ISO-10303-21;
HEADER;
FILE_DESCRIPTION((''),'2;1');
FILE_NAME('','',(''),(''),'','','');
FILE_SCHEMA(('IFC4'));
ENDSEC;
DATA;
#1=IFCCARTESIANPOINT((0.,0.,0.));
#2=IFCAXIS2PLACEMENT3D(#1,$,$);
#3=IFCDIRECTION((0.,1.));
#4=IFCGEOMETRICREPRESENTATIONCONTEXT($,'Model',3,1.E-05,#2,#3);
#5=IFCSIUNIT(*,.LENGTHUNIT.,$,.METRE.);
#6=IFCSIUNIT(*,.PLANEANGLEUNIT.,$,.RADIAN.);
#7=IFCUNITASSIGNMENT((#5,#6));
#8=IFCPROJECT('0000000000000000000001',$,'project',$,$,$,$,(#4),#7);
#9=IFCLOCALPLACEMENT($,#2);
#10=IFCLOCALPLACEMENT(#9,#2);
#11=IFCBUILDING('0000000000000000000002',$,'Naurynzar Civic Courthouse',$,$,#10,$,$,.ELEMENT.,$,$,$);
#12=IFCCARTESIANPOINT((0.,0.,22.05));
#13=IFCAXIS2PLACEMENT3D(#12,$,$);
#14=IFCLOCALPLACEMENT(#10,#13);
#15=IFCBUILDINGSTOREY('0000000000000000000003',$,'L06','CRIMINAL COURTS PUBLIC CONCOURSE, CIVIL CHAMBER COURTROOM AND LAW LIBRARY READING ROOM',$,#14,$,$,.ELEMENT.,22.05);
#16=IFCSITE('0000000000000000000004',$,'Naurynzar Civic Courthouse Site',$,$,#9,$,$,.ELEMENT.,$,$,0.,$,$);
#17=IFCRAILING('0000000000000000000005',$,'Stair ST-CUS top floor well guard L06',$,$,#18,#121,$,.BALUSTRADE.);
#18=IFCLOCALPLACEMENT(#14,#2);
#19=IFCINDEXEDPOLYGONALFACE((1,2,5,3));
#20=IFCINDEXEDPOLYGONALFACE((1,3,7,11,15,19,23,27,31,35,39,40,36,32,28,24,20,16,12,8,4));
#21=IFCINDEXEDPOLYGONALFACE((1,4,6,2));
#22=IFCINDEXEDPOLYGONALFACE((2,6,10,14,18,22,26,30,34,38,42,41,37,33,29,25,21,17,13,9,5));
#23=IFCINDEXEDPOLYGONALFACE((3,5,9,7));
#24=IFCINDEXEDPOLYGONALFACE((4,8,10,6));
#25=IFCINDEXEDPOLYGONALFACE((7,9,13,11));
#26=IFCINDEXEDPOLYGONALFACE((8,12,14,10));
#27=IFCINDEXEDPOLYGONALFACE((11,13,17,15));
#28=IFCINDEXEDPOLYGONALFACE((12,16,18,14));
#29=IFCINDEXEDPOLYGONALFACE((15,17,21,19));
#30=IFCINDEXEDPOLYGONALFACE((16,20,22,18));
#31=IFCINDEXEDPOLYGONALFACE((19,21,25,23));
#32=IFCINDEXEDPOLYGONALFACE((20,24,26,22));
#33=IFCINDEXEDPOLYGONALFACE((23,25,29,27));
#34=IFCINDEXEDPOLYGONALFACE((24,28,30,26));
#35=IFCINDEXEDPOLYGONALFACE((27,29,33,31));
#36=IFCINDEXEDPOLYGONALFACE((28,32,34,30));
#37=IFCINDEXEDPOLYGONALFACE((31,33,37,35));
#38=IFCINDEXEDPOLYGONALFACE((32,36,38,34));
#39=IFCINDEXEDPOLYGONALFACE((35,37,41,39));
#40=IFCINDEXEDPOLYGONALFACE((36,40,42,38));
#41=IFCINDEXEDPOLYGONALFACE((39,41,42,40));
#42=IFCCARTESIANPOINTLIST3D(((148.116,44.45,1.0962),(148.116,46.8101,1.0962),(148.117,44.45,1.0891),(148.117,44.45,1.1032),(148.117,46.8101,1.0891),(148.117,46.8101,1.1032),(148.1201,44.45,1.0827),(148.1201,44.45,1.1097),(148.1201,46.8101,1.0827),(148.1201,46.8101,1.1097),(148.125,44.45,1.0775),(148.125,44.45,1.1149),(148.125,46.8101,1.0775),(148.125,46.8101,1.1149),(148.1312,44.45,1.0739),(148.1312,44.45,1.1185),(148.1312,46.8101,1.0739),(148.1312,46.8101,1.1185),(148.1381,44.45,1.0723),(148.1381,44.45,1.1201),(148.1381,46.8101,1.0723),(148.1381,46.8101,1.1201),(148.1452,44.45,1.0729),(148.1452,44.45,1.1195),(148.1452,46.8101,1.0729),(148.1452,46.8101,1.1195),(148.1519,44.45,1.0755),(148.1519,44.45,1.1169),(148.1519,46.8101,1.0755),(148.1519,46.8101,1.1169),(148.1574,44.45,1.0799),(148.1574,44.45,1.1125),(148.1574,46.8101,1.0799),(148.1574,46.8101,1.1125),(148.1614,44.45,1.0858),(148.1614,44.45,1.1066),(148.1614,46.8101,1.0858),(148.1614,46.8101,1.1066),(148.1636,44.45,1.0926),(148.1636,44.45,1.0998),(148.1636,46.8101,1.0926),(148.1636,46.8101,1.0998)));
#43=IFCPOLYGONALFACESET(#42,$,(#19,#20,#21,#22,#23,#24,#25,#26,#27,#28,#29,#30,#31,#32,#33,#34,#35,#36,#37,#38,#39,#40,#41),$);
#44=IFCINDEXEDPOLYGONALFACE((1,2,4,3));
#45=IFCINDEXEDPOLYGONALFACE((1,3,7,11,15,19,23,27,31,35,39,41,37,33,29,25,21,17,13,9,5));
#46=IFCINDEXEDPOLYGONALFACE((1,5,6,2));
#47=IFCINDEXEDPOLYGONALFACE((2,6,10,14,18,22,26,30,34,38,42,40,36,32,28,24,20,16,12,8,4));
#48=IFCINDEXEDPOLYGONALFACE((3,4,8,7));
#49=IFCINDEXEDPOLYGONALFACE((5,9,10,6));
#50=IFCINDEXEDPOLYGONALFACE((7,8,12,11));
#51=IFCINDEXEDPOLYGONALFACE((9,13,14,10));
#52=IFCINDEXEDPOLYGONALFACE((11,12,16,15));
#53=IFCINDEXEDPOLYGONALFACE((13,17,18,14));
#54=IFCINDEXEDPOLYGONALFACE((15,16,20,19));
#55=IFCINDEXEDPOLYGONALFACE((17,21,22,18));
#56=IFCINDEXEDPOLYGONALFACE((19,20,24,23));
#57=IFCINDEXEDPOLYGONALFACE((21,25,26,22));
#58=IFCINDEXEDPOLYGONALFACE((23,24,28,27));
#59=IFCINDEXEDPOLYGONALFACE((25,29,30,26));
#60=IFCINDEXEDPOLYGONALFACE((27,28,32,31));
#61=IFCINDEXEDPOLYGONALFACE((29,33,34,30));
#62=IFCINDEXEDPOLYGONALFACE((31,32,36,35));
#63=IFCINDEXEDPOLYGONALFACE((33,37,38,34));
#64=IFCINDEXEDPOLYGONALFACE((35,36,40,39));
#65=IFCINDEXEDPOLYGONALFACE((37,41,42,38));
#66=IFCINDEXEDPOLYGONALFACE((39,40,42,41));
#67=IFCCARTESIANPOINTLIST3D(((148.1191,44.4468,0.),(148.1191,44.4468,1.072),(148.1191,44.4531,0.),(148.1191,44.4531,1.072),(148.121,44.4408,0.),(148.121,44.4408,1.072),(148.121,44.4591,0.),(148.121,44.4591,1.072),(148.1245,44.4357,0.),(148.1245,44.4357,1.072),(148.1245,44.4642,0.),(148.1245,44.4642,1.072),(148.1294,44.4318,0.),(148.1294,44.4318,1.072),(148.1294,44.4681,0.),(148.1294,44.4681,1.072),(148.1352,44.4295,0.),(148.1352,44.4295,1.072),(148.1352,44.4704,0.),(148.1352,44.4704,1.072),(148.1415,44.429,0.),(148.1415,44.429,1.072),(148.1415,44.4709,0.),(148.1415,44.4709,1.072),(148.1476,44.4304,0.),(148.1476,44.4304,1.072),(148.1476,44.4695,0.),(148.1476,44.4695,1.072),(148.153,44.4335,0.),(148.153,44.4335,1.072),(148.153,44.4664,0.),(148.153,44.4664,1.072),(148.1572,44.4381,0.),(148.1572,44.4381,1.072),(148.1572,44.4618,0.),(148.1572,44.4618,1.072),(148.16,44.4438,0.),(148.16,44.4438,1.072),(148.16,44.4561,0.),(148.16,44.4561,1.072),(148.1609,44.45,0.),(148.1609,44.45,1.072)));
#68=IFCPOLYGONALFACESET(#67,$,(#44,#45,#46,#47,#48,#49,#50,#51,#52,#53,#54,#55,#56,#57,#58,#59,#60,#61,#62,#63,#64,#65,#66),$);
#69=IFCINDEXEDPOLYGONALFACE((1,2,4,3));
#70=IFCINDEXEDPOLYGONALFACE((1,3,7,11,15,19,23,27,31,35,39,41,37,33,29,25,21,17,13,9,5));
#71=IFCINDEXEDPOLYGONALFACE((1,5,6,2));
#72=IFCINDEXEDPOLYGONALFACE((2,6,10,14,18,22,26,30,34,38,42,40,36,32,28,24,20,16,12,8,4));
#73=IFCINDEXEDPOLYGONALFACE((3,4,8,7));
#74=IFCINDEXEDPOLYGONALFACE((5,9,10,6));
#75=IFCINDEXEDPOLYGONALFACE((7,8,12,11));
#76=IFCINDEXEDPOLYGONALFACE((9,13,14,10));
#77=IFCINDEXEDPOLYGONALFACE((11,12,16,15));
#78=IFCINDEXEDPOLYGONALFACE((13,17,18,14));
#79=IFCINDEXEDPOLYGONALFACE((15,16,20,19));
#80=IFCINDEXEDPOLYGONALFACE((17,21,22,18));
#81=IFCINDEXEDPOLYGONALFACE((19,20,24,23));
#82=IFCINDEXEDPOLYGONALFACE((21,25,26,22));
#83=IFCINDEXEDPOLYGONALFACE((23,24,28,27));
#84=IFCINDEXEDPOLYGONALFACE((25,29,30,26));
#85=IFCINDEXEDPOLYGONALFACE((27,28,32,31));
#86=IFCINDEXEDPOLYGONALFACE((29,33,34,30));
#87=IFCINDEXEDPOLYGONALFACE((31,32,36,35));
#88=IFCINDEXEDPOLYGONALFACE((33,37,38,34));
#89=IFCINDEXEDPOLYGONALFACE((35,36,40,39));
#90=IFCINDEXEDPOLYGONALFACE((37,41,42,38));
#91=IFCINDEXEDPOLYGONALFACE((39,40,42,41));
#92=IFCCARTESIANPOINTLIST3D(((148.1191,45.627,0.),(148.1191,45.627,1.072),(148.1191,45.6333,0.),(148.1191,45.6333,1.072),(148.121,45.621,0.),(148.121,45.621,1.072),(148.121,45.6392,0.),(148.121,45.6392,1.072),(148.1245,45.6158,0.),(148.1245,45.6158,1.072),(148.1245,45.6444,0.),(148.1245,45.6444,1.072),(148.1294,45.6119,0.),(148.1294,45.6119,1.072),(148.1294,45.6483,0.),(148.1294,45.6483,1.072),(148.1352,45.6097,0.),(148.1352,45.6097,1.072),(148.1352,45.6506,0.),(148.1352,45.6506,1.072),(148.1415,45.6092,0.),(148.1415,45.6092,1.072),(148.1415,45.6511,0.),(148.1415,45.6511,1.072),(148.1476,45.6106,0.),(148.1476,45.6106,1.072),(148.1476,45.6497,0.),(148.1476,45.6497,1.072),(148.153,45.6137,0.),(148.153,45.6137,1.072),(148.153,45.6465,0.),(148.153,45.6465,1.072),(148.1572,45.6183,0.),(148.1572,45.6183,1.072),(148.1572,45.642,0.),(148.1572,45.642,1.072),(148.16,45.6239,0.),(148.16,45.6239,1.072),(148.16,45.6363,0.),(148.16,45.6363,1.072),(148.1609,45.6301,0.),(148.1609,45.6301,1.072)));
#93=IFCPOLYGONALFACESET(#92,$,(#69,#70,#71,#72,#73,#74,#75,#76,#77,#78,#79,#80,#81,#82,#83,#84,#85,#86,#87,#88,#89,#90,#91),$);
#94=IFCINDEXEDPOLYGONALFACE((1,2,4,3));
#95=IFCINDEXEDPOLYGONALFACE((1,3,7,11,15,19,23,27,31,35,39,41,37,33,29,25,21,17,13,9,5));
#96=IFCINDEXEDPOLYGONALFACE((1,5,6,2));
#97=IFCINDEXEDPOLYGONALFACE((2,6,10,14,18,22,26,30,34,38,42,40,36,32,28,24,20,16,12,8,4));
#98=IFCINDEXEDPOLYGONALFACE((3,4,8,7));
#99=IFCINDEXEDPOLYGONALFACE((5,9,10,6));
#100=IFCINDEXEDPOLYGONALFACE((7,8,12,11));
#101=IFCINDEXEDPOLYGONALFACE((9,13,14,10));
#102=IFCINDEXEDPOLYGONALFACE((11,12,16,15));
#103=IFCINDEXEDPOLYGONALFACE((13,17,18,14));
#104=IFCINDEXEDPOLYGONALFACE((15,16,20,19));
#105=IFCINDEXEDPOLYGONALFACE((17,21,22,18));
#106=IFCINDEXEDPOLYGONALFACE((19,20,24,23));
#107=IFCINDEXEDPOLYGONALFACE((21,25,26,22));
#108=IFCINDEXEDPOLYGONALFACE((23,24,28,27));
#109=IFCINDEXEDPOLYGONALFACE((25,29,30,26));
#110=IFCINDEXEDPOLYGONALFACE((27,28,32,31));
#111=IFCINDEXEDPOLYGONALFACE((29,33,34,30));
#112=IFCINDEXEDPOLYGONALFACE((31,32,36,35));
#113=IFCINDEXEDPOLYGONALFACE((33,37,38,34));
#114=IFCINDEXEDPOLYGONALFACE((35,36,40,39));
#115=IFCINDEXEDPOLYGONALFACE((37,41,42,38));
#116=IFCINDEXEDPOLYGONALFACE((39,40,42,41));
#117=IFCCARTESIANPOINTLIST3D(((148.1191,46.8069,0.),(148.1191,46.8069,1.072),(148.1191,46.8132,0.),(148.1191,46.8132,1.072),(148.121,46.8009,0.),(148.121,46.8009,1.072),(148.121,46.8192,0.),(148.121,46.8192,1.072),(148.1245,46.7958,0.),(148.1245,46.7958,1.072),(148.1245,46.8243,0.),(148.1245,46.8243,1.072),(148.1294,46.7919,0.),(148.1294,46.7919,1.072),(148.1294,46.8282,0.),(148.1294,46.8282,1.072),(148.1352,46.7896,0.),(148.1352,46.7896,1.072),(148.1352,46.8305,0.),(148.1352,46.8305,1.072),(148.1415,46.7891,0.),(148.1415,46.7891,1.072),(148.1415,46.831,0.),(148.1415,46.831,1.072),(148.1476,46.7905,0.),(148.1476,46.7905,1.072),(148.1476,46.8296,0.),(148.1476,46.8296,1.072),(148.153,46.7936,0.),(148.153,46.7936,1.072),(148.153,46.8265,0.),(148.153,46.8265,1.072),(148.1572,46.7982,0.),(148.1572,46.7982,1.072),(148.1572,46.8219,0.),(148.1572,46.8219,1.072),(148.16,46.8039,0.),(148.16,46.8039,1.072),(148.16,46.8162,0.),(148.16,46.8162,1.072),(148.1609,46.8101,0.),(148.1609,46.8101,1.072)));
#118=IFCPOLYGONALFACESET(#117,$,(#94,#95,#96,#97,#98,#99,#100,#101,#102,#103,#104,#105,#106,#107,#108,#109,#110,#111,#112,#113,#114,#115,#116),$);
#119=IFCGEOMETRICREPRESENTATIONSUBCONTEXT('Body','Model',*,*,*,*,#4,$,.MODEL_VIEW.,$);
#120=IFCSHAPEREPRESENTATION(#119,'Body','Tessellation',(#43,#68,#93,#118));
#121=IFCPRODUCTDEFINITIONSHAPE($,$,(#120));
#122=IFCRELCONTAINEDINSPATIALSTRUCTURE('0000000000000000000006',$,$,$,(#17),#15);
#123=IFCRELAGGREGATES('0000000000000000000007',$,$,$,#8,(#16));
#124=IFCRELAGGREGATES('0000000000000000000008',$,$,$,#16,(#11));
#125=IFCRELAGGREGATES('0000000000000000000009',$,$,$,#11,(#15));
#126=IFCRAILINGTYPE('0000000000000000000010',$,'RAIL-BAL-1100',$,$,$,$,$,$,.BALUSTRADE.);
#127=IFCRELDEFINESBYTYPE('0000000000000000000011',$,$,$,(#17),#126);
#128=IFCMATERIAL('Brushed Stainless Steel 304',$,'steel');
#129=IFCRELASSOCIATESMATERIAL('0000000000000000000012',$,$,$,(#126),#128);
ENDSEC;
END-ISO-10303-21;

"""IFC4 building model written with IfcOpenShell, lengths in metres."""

from ifc_helpers import new_model, si_unit, direction, frame, origin, origin_2d, place, context, subcontext, project, spatial, circle, extrude, material, type_object, element, save


model = new_model("IFC4")

# Units and contexts
model_context = context("Model", 3, precision=1e-05, world=origin(), true_north=direction((0.0, 1.0)))
body_context = subcontext(model_context, "Body", "Model", "MODEL_VIEW")
ifc_project = project(units=[si_unit("LENGTHUNIT", "METRE"), si_unit("PLANEANGLEUNIT", "RADIAN")], contexts=[model_context])

# Site, building, storey
site_placement = place(None, origin())
site = spatial("IfcSite", under=ifc_project, at=site_placement, Name="Naurynzar Civic Courthouse Site", CompositionType="ELEMENT", RefElevation=0.0)
building_placement = place(site_placement, origin())
building = spatial("IfcBuilding", under=site, at=building_placement, Name="Naurynzar Civic Courthouse", CompositionType="ELEMENT")
storey_placement = place(building_placement, frame((0.0, 0.0, 22.05)))
storey = spatial("IfcBuildingStorey", under=building, at=storey_placement, Name="L06", Description="CRIMINAL COURTS PUBLIC CONCOURSE, CIVIL CHAMBER COURTROOM AND LAW LIBRARY READING ROOM", CompositionType="ELEMENT", Elevation=22.05)

# Railing
ifc_material_1 = material(Name="Brushed Stainless Steel 304", Category="steel")
railing_type = type_object("IfcRailingType", Name="RAIL-BAL-1100", PredefinedType="BALUSTRADE", material=ifc_material_1)
railing_placement = place(storey_placement, frame((148.1399, 44.45, 0.0)))
element("IfcRailing", 1, at=railing_placement, inside=storey, type_object=railing_type, Name="Stair ST-CUS top floor well guard L06", PredefinedType="BALUSTRADE", context=body_context, shape_type="SweptSolid", body=[
    extrude(circle(Radius=0.0239, at=origin_2d()), frame((0.0, 0.0, 1.0962), z_axis=(0.0, 1.0, 0.0), x_axis=(-1.0, 0.0, 0.0)), (0.0, 0.0, 1.0), 2.3601),
    extrude(circle(Radius=0.021, at=origin_2d()), origin(), (0.0, 0.0, 1.0), 1.072),
    extrude(circle(Radius=0.021, at=origin_2d()), frame((0.0, 1.1802, 0.0)), (0.0, 0.0, 1.0), 1.072),
    extrude(circle(Radius=0.021, at=origin_2d()), frame((0.0, 2.3601, 0.0)), (0.0, 0.0, 1.0), 1.072),
])

save(model, "model.ifc")
